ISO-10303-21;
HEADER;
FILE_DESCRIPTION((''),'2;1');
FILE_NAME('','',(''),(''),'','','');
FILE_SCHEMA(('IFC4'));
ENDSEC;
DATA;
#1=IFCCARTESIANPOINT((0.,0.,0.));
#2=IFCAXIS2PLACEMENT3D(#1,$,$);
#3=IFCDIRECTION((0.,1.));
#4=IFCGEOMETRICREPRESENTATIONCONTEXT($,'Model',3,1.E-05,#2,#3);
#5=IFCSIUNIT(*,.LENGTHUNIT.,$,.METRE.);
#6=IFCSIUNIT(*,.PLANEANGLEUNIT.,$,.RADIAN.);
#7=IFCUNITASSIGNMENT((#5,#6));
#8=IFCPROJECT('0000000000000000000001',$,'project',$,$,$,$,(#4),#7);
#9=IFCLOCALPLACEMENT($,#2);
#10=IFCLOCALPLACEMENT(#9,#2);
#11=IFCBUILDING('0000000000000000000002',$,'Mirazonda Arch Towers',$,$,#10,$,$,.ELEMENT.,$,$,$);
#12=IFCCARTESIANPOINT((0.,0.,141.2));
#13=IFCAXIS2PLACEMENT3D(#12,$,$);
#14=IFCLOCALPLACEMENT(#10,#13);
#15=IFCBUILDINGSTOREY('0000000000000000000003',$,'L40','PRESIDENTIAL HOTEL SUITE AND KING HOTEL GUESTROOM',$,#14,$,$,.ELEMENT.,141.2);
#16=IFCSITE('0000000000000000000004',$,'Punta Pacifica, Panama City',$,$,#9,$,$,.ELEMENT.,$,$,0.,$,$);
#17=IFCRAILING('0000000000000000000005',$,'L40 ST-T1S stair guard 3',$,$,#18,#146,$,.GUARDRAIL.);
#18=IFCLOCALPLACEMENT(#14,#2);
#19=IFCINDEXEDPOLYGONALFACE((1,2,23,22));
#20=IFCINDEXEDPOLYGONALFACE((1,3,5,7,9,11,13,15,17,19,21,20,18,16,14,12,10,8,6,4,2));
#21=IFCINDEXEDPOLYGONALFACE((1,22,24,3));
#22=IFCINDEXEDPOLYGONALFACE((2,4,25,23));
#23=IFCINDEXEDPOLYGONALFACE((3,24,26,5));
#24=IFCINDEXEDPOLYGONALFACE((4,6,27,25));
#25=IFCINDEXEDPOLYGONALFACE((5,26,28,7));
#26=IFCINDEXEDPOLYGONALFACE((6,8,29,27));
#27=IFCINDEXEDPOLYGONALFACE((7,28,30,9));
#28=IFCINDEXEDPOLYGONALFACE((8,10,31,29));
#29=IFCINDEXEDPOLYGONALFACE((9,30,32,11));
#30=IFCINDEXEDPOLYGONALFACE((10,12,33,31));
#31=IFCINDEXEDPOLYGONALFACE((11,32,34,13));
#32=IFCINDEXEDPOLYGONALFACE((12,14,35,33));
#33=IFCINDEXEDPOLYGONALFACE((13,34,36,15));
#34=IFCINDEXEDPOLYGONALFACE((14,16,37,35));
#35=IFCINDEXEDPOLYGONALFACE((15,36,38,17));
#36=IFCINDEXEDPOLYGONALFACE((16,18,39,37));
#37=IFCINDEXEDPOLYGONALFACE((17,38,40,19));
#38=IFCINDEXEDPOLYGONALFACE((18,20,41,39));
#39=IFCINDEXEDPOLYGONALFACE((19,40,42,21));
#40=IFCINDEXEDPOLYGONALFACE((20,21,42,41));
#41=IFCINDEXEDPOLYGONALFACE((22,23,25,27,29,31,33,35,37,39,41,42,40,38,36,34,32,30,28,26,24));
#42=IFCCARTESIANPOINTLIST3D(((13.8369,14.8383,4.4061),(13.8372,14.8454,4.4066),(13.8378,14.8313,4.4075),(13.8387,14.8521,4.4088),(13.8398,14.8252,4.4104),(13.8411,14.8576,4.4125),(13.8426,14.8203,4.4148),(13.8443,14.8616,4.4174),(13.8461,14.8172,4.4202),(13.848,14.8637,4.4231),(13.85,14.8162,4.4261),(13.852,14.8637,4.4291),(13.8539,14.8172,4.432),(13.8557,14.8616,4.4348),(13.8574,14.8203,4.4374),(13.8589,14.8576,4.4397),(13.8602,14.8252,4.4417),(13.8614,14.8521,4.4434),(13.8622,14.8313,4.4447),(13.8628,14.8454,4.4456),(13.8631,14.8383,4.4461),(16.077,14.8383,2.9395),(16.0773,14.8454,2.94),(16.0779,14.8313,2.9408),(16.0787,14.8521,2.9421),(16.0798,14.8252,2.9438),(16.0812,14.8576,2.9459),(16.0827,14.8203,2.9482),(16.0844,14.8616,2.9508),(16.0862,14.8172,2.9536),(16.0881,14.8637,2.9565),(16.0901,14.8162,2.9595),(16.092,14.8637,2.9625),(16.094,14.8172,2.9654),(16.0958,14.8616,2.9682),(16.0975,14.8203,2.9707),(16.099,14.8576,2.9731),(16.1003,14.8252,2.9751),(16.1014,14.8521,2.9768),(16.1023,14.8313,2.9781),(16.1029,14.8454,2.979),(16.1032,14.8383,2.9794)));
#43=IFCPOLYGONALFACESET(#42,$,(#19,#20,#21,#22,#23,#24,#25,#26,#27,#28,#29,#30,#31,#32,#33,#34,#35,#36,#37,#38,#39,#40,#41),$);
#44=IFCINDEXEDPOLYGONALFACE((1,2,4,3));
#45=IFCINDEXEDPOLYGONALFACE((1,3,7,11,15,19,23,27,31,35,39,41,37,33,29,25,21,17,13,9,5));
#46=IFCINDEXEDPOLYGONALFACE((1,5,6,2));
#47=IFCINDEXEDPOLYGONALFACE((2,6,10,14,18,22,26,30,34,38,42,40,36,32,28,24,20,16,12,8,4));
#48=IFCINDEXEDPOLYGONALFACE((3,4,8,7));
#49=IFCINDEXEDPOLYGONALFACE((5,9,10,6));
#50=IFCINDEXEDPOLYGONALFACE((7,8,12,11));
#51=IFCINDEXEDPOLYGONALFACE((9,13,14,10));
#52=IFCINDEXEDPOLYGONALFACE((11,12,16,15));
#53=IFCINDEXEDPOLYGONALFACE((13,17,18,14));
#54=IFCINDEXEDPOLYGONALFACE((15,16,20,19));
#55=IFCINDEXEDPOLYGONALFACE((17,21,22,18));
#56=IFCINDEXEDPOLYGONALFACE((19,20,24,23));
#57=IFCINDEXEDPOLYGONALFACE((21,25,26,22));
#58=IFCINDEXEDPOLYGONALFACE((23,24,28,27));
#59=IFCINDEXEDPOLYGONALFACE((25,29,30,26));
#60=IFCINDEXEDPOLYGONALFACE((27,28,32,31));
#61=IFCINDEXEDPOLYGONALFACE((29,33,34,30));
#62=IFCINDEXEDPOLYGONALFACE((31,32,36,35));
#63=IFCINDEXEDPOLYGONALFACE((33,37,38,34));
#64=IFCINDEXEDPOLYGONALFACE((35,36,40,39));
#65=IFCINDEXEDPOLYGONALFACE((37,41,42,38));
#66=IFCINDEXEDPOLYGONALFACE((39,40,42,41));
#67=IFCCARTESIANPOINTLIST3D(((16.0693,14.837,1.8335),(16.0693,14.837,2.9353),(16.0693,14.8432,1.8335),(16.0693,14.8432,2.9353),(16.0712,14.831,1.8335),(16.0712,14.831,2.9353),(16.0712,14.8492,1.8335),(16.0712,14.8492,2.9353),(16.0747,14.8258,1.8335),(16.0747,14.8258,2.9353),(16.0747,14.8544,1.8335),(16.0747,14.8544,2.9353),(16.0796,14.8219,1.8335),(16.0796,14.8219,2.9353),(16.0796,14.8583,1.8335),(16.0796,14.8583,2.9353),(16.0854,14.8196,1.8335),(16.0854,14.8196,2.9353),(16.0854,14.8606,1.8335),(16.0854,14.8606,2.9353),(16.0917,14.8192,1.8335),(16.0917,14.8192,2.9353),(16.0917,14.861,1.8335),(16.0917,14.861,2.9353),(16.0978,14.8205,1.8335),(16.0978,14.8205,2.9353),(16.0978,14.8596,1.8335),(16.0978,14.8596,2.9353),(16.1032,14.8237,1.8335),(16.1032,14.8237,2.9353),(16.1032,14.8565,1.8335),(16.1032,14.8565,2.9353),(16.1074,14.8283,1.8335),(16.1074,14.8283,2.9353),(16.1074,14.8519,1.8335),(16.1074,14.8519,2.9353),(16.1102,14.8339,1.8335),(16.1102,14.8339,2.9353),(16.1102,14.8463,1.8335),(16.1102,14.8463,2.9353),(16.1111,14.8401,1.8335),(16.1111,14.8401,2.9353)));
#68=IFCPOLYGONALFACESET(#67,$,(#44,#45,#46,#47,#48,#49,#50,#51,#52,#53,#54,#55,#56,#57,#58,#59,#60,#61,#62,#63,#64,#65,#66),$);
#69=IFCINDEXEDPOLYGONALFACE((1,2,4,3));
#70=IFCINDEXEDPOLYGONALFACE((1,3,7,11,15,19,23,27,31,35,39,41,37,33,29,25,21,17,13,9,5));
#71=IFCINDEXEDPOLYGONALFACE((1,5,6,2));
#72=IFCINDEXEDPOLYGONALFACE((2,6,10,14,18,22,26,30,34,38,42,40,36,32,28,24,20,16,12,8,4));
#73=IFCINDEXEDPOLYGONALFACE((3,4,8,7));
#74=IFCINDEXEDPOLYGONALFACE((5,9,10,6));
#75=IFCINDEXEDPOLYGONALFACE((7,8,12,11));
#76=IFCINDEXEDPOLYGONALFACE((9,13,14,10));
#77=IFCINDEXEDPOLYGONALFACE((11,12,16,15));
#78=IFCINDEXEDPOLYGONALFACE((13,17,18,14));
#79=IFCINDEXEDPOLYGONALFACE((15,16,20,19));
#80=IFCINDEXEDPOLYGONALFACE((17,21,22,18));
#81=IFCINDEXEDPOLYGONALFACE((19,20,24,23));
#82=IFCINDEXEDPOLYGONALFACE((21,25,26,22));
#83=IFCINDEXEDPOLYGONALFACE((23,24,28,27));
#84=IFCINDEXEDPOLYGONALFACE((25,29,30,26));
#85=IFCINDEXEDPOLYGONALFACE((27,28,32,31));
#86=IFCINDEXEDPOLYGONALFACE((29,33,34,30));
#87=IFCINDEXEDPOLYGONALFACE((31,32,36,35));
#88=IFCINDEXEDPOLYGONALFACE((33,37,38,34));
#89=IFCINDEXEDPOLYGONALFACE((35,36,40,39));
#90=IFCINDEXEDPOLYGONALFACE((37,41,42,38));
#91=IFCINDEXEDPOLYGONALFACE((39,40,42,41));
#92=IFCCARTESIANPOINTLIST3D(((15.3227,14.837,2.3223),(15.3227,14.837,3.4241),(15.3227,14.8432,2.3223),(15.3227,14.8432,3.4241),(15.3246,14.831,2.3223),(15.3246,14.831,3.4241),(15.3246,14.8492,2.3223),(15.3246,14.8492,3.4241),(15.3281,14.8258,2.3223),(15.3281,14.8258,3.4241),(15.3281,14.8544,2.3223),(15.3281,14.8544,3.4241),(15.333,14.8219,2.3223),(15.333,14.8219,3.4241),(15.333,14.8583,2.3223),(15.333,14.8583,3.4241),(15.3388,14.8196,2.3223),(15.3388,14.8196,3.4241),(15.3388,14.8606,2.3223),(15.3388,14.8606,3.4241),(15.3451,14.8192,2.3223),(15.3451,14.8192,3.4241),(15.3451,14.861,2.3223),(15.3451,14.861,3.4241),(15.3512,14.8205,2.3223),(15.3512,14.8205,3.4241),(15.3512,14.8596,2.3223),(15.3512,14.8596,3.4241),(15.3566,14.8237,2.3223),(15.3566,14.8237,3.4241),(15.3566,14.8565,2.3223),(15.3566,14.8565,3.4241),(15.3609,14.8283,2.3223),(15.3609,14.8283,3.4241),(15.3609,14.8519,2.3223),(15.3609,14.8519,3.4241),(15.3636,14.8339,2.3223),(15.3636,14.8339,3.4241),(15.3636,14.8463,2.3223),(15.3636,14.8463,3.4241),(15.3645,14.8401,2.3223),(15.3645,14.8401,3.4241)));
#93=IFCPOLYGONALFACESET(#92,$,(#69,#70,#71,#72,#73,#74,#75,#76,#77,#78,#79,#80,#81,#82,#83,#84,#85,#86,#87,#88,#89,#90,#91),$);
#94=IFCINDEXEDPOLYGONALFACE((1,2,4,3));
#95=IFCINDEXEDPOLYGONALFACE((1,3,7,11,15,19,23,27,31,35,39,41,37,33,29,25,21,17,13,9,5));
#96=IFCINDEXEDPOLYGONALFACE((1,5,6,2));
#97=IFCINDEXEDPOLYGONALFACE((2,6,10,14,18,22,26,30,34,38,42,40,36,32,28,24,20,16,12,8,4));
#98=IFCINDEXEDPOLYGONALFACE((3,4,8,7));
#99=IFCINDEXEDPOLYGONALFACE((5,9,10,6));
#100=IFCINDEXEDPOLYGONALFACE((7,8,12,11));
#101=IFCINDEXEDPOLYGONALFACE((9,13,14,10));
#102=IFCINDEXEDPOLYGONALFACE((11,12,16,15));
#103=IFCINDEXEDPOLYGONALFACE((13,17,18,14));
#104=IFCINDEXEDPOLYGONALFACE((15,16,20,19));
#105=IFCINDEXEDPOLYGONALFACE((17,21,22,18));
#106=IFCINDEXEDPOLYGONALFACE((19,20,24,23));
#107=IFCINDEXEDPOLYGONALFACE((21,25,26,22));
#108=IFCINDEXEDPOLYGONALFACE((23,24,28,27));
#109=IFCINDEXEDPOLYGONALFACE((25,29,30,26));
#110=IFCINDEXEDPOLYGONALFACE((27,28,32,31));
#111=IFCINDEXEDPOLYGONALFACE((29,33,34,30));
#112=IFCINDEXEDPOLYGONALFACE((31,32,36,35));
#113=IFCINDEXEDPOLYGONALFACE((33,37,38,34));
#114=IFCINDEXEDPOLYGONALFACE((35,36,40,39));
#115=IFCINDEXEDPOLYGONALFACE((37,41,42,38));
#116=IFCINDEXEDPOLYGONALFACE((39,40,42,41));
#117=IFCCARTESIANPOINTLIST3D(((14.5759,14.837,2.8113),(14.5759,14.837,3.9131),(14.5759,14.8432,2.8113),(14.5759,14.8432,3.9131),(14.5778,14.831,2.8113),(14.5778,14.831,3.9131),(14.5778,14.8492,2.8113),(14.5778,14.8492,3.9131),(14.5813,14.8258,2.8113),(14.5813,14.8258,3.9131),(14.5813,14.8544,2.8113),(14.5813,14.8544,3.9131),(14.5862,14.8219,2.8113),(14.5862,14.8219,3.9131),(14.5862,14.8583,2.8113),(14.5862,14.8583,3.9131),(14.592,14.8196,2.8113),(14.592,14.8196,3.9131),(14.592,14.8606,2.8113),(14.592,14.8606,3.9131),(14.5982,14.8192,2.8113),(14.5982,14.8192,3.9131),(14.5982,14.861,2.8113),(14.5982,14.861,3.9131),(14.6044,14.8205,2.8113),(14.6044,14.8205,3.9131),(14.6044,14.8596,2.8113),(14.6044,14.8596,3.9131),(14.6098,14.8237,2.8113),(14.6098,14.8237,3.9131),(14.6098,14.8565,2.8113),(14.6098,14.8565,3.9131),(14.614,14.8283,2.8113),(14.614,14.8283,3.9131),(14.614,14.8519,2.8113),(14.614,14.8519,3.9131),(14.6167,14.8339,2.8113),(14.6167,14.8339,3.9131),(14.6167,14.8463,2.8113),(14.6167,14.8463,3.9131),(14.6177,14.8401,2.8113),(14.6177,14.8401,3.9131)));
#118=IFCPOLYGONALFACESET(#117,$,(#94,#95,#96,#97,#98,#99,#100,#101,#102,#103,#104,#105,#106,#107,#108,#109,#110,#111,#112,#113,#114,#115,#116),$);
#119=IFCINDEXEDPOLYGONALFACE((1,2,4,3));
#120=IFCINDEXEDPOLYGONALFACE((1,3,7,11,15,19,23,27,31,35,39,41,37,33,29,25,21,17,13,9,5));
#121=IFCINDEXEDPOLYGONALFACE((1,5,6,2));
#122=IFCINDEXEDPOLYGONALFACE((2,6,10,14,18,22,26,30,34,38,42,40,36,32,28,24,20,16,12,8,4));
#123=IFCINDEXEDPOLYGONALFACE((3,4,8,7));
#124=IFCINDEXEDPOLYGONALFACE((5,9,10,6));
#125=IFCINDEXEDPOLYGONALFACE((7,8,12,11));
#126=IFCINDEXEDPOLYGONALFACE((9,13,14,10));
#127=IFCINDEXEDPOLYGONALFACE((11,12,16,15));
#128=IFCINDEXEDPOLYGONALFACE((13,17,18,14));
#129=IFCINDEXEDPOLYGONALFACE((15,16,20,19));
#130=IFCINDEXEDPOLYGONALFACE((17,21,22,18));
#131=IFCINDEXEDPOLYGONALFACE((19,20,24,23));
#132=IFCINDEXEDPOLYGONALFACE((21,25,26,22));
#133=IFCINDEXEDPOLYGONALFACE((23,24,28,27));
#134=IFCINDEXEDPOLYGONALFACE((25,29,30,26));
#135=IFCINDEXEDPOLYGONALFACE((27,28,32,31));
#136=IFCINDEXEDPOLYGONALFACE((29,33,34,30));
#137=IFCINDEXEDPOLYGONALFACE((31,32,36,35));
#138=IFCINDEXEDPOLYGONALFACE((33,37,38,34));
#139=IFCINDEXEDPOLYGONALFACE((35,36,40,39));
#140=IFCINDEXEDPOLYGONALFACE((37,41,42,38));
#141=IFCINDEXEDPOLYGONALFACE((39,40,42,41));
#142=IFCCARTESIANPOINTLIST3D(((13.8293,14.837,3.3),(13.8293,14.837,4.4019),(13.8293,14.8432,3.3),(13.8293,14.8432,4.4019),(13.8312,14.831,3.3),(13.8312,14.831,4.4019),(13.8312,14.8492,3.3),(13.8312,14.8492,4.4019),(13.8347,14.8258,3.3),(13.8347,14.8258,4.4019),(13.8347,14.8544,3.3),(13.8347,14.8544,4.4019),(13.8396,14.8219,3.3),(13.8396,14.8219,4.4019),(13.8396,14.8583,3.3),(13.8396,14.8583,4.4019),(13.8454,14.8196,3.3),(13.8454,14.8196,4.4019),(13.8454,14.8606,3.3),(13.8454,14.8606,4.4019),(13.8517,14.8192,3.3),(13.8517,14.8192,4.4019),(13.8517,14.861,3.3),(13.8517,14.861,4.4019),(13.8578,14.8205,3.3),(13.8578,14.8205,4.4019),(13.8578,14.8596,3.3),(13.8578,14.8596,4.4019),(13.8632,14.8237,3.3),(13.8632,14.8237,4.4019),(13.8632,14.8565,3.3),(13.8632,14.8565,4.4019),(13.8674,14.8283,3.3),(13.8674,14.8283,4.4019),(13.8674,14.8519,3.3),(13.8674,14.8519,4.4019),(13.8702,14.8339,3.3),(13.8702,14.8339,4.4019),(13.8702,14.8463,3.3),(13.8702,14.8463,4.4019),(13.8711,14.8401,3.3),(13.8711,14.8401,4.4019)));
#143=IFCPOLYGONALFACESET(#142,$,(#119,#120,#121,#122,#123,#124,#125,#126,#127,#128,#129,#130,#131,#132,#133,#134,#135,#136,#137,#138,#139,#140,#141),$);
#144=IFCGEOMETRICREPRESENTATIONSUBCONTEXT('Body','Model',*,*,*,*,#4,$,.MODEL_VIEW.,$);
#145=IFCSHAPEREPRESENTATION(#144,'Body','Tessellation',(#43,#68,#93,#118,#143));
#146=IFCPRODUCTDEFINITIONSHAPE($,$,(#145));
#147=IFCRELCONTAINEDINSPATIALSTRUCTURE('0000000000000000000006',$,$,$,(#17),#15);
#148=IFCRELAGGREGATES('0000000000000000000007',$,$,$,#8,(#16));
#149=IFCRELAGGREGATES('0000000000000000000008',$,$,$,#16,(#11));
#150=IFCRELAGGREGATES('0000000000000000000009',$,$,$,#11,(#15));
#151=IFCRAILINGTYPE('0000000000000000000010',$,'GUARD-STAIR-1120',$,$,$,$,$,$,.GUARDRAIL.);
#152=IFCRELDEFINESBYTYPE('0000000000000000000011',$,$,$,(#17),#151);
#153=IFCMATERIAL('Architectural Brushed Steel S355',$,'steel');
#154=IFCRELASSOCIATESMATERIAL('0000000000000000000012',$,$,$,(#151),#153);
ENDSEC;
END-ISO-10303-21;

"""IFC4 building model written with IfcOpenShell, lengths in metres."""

from ifc_helpers import new_model, si_unit, direction, frame, origin, origin_2d, place, context, subcontext, project, spatial, circle, extrude, material, type_object, element, save


model = new_model("IFC4")

# Units and contexts
model_context = context("Model", 3, precision=1e-05, world=origin(), true_north=direction((0.0, 1.0)))
body_context = subcontext(model_context, "Body", "Model", "MODEL_VIEW")
ifc_project = project(units=[si_unit("LENGTHUNIT", "METRE"), si_unit("PLANEANGLEUNIT", "RADIAN")], contexts=[model_context])

# Site, building, storey
site_placement = place(None, origin())
site = spatial("IfcSite", under=ifc_project, at=site_placement, Name="Punta Pacifica, Panama City", CompositionType="ELEMENT", RefElevation=0.0)
building_placement = place(site_placement, origin())
building = spatial("IfcBuilding", under=site, at=building_placement, Name="Mirazonda Arch Towers", CompositionType="ELEMENT")
storey_placement = place(building_placement, frame((0.0, 0.0, 141.2)))
storey = spatial("IfcBuildingStorey", under=building, at=storey_placement, Name="L40", Description="PRESIDENTIAL HOTEL SUITE AND KING HOTEL GUESTROOM", CompositionType="ELEMENT", Elevation=141.2)

# Shared definitions
ifc_material_1 = material(Name="Architectural Brushed Steel S355", Category="steel")

# Railing
railing_type_1 = type_object("IfcRailingType", Name="GUARD-STAIR-1120", PredefinedType="GUARDRAIL", material=ifc_material_1)
railing_1_placement = place(storey_placement, frame((16.0901, 14.8401, 1.8335)))
element("IfcRailing", 1, at=railing_1_placement, inside=storey, type_object=railing_type_1, Name="L40 ST-T1S stair guard 3", PredefinedType="GUARDRAIL", context=body_context, shape_type="SweptSolid", body=[
    extrude(circle(Radius=0.0239, at=origin_2d()), frame((0.0, 0.0, 1.126), z_axis=(-0.836637, 0.0, 0.547758), x_axis=(0.0, -1.0, 0.0)), (0.0, 0.0, 1.0), 2.6775),
    extrude(circle(Radius=0.021, at=origin_2d()), origin(), (0.0, 0.0, 1.0), 1.1018),
    extrude(circle(Radius=0.021, at=origin_2d()), frame((-0.7466, 0.0, 0.4888)), (0.0, 0.0, 1.0), 1.1018),
    extrude(circle(Radius=0.021, at=origin_2d()), frame((-1.4934, 0.0, 0.9778)), (0.0, 0.0, 1.0), 1.1018),
    extrude(circle(Radius=0.021, at=origin_2d()), frame((-2.24, 0.0, 1.4666)), (0.0, 0.0, 1.0), 1.1018),
])

save(model, "model.ifc")
